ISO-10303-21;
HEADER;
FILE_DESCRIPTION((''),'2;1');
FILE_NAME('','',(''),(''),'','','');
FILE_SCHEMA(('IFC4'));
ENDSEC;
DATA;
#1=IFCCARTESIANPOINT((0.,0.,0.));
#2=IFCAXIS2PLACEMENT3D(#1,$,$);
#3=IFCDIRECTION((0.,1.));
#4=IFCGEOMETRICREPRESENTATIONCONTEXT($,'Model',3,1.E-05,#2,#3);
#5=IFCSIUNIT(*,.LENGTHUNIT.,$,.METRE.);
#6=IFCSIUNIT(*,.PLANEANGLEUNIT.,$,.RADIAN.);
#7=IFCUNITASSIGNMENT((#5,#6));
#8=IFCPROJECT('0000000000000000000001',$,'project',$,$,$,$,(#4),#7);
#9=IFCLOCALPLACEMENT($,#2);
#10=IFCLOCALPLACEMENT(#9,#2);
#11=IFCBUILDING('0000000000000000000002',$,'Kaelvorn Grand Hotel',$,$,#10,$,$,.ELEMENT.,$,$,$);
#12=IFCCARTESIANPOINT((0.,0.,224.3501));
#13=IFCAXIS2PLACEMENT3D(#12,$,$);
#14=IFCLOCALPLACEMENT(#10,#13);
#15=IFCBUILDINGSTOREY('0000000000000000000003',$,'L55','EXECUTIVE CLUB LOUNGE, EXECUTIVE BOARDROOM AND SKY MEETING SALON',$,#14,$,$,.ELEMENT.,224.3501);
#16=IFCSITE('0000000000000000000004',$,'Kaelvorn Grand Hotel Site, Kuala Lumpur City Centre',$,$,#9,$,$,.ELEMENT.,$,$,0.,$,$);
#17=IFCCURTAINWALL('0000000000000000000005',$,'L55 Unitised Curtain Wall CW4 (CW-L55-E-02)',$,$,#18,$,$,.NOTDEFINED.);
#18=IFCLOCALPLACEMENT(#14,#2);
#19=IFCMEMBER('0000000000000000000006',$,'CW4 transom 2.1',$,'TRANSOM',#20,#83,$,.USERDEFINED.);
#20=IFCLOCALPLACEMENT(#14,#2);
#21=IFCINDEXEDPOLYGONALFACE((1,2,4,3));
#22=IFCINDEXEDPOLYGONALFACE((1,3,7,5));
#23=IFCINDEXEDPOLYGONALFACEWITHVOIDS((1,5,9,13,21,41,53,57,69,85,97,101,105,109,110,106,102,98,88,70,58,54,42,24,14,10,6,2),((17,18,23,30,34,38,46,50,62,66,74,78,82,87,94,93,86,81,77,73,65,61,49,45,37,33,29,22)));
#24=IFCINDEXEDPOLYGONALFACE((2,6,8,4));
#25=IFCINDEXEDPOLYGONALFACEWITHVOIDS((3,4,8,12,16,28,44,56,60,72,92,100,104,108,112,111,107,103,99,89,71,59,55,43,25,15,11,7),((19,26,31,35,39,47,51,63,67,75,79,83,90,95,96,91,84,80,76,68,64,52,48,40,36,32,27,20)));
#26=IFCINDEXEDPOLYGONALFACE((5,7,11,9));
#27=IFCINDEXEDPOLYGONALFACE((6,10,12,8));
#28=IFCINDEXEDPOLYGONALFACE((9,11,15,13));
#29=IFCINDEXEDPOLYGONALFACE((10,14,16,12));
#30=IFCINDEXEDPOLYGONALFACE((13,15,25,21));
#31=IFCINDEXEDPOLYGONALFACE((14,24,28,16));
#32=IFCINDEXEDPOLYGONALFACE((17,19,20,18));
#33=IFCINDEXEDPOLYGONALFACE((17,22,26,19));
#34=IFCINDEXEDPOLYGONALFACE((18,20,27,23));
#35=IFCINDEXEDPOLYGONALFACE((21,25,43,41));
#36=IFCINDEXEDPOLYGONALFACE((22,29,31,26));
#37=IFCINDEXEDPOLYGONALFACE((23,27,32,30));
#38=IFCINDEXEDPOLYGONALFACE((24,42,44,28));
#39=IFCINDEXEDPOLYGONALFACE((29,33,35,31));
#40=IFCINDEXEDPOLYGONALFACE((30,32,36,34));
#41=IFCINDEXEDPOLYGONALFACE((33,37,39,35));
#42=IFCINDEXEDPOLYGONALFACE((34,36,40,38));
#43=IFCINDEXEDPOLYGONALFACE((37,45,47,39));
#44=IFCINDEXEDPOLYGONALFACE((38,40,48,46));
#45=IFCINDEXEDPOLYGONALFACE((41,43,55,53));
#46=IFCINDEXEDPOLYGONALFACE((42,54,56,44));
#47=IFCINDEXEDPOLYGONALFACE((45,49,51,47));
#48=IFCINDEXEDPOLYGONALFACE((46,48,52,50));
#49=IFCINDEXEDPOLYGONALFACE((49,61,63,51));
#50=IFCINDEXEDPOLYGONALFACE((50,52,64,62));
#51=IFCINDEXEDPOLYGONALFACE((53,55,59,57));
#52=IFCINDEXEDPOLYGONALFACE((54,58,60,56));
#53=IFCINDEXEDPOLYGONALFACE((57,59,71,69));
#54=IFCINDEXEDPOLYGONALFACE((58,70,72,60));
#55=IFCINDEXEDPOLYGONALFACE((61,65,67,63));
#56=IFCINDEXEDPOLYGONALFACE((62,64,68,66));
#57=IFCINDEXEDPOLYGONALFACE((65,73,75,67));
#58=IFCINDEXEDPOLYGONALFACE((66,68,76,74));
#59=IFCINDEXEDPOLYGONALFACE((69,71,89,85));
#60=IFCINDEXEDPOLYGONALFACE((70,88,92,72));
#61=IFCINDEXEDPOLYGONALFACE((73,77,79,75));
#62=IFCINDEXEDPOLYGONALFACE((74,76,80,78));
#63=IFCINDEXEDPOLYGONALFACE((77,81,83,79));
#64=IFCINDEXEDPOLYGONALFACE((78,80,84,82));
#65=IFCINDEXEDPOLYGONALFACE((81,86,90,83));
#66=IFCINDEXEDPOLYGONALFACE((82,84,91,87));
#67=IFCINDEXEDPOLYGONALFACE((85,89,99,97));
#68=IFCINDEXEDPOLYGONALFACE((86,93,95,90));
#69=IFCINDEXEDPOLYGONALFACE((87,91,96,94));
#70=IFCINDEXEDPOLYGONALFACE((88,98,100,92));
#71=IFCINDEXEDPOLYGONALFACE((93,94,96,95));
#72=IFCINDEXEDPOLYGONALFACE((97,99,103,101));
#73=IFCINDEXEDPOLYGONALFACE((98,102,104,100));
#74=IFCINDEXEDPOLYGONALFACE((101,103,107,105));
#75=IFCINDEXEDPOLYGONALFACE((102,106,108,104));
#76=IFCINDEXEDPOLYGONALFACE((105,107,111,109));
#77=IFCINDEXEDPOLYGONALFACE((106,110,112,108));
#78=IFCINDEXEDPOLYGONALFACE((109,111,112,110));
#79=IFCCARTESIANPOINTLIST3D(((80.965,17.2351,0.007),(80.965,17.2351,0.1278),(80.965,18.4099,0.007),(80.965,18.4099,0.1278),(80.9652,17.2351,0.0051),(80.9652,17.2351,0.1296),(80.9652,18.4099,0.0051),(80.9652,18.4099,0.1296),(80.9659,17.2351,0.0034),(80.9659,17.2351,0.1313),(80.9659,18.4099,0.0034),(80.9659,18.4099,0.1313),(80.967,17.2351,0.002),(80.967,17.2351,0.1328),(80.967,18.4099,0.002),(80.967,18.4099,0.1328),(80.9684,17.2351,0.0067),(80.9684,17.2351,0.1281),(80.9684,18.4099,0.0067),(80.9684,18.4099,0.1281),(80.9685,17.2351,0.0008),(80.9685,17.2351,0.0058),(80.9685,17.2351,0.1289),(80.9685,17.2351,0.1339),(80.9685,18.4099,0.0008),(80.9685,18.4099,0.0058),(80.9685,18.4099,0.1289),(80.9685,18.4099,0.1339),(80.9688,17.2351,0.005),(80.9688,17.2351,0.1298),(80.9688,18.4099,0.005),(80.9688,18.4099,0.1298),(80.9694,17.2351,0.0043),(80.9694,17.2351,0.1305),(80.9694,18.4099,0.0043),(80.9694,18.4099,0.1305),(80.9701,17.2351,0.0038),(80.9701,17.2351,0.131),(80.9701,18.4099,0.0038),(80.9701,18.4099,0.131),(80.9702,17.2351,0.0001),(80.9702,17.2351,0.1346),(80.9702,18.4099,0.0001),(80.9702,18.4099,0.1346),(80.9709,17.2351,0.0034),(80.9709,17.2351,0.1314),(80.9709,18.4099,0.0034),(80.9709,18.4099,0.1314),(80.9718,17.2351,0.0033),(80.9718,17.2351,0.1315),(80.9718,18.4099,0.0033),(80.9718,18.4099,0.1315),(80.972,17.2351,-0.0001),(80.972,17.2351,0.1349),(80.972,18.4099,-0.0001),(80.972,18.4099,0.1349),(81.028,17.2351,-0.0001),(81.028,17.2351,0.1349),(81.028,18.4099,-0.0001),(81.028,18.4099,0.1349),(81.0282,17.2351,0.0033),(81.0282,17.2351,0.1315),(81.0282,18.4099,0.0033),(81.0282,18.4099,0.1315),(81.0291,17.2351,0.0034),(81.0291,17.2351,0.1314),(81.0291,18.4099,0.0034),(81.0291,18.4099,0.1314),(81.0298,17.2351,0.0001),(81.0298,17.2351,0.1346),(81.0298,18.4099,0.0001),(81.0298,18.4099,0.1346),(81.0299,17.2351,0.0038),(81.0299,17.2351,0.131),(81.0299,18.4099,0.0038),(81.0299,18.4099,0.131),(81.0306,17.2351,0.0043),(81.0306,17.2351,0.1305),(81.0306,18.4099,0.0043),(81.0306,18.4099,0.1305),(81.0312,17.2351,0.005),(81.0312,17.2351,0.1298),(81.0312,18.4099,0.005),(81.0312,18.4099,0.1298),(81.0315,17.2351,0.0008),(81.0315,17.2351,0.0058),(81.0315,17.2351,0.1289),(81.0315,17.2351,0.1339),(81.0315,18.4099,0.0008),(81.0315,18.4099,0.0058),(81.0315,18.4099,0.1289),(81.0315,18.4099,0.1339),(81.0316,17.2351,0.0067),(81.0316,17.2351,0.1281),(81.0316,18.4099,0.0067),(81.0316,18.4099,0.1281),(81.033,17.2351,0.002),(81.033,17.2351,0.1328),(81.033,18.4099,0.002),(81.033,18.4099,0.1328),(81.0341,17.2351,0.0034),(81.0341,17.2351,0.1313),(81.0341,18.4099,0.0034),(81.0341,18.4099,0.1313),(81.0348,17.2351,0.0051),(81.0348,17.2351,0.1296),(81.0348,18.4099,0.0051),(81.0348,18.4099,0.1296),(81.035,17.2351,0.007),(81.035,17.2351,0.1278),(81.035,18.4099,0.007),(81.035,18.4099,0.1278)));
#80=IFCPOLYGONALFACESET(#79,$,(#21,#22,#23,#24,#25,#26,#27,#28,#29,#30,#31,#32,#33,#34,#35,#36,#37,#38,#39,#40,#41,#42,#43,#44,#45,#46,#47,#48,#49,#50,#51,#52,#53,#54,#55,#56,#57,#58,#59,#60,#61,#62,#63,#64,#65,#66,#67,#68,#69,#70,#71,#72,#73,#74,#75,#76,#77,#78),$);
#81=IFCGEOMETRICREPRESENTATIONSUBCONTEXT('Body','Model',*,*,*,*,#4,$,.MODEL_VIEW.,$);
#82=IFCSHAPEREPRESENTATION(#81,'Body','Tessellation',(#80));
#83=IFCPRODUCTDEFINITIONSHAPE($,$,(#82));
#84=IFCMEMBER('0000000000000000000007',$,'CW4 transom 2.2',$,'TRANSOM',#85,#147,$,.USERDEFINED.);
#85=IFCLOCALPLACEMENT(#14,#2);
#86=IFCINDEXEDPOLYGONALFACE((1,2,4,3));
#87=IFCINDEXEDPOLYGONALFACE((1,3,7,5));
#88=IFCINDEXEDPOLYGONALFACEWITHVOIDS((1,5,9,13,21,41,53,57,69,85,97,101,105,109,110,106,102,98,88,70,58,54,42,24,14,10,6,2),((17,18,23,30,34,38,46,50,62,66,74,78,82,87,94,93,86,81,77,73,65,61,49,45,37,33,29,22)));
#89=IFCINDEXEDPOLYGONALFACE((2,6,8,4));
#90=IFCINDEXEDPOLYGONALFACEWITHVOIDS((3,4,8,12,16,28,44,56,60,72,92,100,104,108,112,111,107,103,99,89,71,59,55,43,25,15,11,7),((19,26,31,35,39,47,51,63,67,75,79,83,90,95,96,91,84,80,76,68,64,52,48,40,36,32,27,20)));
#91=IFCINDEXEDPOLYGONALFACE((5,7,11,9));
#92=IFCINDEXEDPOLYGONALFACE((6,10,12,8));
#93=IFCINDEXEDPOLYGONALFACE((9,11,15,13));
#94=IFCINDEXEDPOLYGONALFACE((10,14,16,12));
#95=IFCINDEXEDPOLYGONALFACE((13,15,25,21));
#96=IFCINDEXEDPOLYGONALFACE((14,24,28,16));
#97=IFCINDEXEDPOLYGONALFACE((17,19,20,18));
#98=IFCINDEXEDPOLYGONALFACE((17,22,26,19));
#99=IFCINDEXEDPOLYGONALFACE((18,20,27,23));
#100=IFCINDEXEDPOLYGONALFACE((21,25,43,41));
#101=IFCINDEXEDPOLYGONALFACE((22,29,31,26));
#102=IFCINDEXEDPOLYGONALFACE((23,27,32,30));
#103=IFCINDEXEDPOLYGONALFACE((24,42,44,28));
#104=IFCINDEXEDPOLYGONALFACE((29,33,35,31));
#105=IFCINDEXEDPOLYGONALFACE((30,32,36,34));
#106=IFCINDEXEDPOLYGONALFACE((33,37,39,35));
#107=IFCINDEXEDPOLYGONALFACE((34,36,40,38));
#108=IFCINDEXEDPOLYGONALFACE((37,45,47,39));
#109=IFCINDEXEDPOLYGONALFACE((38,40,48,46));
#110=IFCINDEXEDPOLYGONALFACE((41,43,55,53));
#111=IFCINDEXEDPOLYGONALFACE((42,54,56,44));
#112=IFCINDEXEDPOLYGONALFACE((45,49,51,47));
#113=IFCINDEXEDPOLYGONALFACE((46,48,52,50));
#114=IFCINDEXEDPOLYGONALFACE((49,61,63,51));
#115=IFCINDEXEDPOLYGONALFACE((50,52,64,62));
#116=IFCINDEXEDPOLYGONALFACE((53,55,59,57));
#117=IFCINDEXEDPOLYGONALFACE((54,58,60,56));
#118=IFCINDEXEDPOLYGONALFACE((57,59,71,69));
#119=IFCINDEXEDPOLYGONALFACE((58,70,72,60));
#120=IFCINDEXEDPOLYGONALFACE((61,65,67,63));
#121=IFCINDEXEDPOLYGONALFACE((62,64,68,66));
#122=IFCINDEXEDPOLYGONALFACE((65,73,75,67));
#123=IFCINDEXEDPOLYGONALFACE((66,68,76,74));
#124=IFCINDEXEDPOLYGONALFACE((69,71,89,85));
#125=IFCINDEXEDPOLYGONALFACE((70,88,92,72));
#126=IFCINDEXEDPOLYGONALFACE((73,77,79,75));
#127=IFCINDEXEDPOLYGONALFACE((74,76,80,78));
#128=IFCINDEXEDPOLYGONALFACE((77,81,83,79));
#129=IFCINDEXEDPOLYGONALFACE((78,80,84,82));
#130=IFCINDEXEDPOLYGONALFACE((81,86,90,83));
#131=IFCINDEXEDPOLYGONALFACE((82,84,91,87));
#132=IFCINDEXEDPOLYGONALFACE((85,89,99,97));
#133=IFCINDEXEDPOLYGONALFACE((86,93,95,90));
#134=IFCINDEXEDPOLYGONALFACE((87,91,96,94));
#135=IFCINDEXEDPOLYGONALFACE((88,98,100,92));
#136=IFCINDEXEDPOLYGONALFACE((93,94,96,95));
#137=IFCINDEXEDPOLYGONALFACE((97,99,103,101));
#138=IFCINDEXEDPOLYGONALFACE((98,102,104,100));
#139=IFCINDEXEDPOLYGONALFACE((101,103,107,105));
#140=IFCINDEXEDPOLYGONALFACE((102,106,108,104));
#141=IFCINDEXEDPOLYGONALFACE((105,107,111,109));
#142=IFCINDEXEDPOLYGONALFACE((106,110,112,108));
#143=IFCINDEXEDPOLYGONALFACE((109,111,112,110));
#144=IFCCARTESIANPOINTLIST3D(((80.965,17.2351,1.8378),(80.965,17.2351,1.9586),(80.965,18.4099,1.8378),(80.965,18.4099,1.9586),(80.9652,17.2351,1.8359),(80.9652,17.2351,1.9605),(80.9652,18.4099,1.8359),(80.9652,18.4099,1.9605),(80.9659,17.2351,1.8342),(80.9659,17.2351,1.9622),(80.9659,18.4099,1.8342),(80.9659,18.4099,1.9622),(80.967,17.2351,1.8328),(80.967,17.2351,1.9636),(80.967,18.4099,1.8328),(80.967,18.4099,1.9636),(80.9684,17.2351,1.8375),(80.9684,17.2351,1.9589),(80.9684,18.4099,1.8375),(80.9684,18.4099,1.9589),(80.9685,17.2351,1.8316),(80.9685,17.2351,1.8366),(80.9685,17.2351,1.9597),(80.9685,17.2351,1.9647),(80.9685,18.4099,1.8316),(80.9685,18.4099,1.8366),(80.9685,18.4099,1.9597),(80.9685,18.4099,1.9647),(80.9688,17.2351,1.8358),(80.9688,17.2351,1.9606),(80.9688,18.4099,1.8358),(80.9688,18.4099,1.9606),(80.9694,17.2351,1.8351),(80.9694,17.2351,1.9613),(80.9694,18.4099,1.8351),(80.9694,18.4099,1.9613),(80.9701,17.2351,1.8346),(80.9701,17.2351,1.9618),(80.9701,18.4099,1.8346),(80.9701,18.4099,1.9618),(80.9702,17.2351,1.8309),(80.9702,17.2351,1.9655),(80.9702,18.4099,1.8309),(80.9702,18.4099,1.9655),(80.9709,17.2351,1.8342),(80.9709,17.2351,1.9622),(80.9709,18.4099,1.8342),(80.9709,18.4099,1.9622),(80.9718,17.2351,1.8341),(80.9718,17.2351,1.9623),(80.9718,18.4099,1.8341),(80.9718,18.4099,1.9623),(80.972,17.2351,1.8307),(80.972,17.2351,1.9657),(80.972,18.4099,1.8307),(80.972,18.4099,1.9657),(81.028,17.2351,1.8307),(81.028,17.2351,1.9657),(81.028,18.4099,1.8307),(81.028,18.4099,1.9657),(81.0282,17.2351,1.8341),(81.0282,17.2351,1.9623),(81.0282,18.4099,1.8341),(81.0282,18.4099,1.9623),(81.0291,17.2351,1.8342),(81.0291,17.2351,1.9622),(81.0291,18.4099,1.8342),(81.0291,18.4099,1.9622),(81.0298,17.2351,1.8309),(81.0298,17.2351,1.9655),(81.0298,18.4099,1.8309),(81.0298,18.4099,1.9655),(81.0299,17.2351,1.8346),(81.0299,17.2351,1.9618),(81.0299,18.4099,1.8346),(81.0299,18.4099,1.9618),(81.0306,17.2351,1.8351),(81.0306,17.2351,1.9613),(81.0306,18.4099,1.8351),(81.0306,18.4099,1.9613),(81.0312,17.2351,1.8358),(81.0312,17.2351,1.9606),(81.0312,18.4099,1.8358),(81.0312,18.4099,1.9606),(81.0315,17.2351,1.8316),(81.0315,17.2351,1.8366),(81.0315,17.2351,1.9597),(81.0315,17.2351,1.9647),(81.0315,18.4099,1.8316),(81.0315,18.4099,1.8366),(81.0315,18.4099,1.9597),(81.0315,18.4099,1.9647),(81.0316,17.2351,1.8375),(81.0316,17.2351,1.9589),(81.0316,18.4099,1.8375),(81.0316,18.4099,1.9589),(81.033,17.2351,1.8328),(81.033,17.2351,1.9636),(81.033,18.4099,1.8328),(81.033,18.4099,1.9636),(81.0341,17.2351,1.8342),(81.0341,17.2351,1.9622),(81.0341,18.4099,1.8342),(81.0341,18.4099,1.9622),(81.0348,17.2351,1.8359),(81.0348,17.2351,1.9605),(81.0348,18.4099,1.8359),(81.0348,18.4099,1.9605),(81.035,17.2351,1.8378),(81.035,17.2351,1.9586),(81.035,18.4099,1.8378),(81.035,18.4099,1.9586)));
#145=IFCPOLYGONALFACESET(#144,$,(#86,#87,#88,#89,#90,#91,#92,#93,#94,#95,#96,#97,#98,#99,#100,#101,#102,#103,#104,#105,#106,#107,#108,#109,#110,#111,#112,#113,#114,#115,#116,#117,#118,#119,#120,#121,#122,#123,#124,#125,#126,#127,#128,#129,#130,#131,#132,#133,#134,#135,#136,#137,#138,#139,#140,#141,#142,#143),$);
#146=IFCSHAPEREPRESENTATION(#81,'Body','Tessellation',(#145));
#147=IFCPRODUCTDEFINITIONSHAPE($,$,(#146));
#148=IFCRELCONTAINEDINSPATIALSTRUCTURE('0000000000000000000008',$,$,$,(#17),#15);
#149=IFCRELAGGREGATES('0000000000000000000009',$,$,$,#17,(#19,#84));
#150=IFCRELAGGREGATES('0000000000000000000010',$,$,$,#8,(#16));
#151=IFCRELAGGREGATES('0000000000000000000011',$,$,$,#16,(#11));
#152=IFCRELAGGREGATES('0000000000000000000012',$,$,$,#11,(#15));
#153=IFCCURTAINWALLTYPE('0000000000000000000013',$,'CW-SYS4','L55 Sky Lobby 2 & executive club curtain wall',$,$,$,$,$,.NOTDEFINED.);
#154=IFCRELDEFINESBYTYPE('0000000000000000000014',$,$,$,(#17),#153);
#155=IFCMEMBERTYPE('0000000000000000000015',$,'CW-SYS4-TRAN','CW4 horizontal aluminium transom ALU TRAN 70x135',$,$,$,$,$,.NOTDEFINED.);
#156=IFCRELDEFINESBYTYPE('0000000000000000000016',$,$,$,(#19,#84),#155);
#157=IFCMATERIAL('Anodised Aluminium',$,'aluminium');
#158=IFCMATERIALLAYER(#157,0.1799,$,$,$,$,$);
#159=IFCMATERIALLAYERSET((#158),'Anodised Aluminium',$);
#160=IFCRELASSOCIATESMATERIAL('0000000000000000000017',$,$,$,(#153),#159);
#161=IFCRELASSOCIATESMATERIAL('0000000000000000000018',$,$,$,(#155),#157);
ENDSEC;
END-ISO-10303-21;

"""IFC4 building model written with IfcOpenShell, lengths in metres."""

from ifc_helpers import new_model, si_unit, direction, frame, origin, origin_2d, place, context, subcontext, project, spatial, hollow_rectangle, extrude, material, layer, layer_set, material_profile, profile_set, type_object, element, aggregate, save


model = new_model("IFC4")

# Units and contexts
model_context = context("Model", 3, precision=1e-05, world=origin(), true_north=direction((0.0, 1.0)))
body_context = subcontext(model_context, "Body", "Model", "MODEL_VIEW")
ifc_project = project(units=[si_unit("LENGTHUNIT", "METRE"), si_unit("PLANEANGLEUNIT", "RADIAN")], contexts=[model_context])

# Site, building, storey
site_placement = place(None, origin())
site = spatial("IfcSite", under=ifc_project, at=site_placement, Name="Kaelvorn Grand Hotel Site, Kuala Lumpur City Centre", CompositionType="ELEMENT", RefElevation=0.0)
building_placement = place(site_placement, origin())
building = spatial("IfcBuilding", under=site, at=building_placement, Name="Kaelvorn Grand Hotel", CompositionType="ELEMENT")
storey_placement = place(building_placement, frame((0.0, 0.0, 224.3501)))
storey = spatial("IfcBuildingStorey", under=building, at=storey_placement, Name="L55", Description="EXECUTIVE CLUB LOUNGE, EXECUTIVE BOARDROOM AND SKY MEETING SALON", CompositionType="ELEMENT", Elevation=224.3501)

# Shared definitions
ifc_material_1 = material(Name="Anodised Aluminium", Category="aluminium")
ifc_layer_1 = layer(ifc_material_1, 0.1799)
ifc_layer_set_1 = layer_set([ifc_layer_1], Name="Anodised Aluminium")
curtain_wall_type = type_object("IfcCurtainWallType", Name="CW-SYS4", Description="L55 Sky Lobby 2 & executive club curtain wall", PredefinedType="NOTDEFINED", material=ifc_layer_set_1)

# Curtain wall
curtain_wall_1_placement = place(storey_placement, origin())
curtain_wall_1 = element("IfcCurtainWall", 1, at=curtain_wall_1_placement, inside=storey, type_object=curtain_wall_type, Name="L55 Unitised Curtain Wall CW4 (CW-L55-E-02)", PredefinedType="NOTDEFINED")

# Members
ifc_material_profile_1 = material_profile(ifc_material_1, hollow_rectangle(XDim=0.0701, YDim=0.135, WallThickness=0.0034, InnerFilletRadius=0.0034, OuterFilletRadius=0.0071, at=origin_2d()), Name="ALU TRAN 70x135")
ifc_profile_set_1 = profile_set([ifc_material_profile_1], Name="Anodised Aluminium")
member_type_1 = type_object("IfcMemberType", Name="CW-SYS4-TRAN", Description="CW4 horizontal aluminium transom ALU TRAN 70x135", PredefinedType="NOTDEFINED", material=ifc_profile_set_1)
member_1_placement = place(storey_placement, frame((81.0, 17.2351, 0.0674), z_axis=(0.0, 1.0, 0.0), x_axis=(-1.0, 0.0, 0.0)))
member_1 = element("IfcMember", 2, at=member_1_placement, type_object=member_type_1, Name="CW4 transom 2.1", ObjectType="TRANSOM", PredefinedType="USERDEFINED", context=body_context, shape_type="SweptSolid", body=[
    extrude(hollow_rectangle(XDim=0.0701, YDim=0.135, WallThickness=0.0034, InnerFilletRadius=0.0034, OuterFilletRadius=0.0071, at=origin_2d()), origin(), (0.0, 0.0, 1.0), 1.1748),
])
member_2_placement = place(storey_placement, frame((81.0, 17.2351, 1.8982), z_axis=(0.0, 1.0, 0.0), x_axis=(-1.0, 0.0, 0.0)))
member_2 = element("IfcMember", 3, at=member_2_placement, type_object=member_type_1, Name="CW4 transom 2.2", ObjectType="TRANSOM", PredefinedType="USERDEFINED", context=body_context, shape_type="SweptSolid", body=[
    extrude(hollow_rectangle(XDim=0.0701, YDim=0.135, WallThickness=0.0034, InnerFilletRadius=0.0034, OuterFilletRadius=0.0071, at=origin_2d()), origin(), (0.0, 0.0, 1.0), 1.1748),
])

aggregate(curtain_wall_1, [member_1, member_2])

save(model, "model.ifc")
